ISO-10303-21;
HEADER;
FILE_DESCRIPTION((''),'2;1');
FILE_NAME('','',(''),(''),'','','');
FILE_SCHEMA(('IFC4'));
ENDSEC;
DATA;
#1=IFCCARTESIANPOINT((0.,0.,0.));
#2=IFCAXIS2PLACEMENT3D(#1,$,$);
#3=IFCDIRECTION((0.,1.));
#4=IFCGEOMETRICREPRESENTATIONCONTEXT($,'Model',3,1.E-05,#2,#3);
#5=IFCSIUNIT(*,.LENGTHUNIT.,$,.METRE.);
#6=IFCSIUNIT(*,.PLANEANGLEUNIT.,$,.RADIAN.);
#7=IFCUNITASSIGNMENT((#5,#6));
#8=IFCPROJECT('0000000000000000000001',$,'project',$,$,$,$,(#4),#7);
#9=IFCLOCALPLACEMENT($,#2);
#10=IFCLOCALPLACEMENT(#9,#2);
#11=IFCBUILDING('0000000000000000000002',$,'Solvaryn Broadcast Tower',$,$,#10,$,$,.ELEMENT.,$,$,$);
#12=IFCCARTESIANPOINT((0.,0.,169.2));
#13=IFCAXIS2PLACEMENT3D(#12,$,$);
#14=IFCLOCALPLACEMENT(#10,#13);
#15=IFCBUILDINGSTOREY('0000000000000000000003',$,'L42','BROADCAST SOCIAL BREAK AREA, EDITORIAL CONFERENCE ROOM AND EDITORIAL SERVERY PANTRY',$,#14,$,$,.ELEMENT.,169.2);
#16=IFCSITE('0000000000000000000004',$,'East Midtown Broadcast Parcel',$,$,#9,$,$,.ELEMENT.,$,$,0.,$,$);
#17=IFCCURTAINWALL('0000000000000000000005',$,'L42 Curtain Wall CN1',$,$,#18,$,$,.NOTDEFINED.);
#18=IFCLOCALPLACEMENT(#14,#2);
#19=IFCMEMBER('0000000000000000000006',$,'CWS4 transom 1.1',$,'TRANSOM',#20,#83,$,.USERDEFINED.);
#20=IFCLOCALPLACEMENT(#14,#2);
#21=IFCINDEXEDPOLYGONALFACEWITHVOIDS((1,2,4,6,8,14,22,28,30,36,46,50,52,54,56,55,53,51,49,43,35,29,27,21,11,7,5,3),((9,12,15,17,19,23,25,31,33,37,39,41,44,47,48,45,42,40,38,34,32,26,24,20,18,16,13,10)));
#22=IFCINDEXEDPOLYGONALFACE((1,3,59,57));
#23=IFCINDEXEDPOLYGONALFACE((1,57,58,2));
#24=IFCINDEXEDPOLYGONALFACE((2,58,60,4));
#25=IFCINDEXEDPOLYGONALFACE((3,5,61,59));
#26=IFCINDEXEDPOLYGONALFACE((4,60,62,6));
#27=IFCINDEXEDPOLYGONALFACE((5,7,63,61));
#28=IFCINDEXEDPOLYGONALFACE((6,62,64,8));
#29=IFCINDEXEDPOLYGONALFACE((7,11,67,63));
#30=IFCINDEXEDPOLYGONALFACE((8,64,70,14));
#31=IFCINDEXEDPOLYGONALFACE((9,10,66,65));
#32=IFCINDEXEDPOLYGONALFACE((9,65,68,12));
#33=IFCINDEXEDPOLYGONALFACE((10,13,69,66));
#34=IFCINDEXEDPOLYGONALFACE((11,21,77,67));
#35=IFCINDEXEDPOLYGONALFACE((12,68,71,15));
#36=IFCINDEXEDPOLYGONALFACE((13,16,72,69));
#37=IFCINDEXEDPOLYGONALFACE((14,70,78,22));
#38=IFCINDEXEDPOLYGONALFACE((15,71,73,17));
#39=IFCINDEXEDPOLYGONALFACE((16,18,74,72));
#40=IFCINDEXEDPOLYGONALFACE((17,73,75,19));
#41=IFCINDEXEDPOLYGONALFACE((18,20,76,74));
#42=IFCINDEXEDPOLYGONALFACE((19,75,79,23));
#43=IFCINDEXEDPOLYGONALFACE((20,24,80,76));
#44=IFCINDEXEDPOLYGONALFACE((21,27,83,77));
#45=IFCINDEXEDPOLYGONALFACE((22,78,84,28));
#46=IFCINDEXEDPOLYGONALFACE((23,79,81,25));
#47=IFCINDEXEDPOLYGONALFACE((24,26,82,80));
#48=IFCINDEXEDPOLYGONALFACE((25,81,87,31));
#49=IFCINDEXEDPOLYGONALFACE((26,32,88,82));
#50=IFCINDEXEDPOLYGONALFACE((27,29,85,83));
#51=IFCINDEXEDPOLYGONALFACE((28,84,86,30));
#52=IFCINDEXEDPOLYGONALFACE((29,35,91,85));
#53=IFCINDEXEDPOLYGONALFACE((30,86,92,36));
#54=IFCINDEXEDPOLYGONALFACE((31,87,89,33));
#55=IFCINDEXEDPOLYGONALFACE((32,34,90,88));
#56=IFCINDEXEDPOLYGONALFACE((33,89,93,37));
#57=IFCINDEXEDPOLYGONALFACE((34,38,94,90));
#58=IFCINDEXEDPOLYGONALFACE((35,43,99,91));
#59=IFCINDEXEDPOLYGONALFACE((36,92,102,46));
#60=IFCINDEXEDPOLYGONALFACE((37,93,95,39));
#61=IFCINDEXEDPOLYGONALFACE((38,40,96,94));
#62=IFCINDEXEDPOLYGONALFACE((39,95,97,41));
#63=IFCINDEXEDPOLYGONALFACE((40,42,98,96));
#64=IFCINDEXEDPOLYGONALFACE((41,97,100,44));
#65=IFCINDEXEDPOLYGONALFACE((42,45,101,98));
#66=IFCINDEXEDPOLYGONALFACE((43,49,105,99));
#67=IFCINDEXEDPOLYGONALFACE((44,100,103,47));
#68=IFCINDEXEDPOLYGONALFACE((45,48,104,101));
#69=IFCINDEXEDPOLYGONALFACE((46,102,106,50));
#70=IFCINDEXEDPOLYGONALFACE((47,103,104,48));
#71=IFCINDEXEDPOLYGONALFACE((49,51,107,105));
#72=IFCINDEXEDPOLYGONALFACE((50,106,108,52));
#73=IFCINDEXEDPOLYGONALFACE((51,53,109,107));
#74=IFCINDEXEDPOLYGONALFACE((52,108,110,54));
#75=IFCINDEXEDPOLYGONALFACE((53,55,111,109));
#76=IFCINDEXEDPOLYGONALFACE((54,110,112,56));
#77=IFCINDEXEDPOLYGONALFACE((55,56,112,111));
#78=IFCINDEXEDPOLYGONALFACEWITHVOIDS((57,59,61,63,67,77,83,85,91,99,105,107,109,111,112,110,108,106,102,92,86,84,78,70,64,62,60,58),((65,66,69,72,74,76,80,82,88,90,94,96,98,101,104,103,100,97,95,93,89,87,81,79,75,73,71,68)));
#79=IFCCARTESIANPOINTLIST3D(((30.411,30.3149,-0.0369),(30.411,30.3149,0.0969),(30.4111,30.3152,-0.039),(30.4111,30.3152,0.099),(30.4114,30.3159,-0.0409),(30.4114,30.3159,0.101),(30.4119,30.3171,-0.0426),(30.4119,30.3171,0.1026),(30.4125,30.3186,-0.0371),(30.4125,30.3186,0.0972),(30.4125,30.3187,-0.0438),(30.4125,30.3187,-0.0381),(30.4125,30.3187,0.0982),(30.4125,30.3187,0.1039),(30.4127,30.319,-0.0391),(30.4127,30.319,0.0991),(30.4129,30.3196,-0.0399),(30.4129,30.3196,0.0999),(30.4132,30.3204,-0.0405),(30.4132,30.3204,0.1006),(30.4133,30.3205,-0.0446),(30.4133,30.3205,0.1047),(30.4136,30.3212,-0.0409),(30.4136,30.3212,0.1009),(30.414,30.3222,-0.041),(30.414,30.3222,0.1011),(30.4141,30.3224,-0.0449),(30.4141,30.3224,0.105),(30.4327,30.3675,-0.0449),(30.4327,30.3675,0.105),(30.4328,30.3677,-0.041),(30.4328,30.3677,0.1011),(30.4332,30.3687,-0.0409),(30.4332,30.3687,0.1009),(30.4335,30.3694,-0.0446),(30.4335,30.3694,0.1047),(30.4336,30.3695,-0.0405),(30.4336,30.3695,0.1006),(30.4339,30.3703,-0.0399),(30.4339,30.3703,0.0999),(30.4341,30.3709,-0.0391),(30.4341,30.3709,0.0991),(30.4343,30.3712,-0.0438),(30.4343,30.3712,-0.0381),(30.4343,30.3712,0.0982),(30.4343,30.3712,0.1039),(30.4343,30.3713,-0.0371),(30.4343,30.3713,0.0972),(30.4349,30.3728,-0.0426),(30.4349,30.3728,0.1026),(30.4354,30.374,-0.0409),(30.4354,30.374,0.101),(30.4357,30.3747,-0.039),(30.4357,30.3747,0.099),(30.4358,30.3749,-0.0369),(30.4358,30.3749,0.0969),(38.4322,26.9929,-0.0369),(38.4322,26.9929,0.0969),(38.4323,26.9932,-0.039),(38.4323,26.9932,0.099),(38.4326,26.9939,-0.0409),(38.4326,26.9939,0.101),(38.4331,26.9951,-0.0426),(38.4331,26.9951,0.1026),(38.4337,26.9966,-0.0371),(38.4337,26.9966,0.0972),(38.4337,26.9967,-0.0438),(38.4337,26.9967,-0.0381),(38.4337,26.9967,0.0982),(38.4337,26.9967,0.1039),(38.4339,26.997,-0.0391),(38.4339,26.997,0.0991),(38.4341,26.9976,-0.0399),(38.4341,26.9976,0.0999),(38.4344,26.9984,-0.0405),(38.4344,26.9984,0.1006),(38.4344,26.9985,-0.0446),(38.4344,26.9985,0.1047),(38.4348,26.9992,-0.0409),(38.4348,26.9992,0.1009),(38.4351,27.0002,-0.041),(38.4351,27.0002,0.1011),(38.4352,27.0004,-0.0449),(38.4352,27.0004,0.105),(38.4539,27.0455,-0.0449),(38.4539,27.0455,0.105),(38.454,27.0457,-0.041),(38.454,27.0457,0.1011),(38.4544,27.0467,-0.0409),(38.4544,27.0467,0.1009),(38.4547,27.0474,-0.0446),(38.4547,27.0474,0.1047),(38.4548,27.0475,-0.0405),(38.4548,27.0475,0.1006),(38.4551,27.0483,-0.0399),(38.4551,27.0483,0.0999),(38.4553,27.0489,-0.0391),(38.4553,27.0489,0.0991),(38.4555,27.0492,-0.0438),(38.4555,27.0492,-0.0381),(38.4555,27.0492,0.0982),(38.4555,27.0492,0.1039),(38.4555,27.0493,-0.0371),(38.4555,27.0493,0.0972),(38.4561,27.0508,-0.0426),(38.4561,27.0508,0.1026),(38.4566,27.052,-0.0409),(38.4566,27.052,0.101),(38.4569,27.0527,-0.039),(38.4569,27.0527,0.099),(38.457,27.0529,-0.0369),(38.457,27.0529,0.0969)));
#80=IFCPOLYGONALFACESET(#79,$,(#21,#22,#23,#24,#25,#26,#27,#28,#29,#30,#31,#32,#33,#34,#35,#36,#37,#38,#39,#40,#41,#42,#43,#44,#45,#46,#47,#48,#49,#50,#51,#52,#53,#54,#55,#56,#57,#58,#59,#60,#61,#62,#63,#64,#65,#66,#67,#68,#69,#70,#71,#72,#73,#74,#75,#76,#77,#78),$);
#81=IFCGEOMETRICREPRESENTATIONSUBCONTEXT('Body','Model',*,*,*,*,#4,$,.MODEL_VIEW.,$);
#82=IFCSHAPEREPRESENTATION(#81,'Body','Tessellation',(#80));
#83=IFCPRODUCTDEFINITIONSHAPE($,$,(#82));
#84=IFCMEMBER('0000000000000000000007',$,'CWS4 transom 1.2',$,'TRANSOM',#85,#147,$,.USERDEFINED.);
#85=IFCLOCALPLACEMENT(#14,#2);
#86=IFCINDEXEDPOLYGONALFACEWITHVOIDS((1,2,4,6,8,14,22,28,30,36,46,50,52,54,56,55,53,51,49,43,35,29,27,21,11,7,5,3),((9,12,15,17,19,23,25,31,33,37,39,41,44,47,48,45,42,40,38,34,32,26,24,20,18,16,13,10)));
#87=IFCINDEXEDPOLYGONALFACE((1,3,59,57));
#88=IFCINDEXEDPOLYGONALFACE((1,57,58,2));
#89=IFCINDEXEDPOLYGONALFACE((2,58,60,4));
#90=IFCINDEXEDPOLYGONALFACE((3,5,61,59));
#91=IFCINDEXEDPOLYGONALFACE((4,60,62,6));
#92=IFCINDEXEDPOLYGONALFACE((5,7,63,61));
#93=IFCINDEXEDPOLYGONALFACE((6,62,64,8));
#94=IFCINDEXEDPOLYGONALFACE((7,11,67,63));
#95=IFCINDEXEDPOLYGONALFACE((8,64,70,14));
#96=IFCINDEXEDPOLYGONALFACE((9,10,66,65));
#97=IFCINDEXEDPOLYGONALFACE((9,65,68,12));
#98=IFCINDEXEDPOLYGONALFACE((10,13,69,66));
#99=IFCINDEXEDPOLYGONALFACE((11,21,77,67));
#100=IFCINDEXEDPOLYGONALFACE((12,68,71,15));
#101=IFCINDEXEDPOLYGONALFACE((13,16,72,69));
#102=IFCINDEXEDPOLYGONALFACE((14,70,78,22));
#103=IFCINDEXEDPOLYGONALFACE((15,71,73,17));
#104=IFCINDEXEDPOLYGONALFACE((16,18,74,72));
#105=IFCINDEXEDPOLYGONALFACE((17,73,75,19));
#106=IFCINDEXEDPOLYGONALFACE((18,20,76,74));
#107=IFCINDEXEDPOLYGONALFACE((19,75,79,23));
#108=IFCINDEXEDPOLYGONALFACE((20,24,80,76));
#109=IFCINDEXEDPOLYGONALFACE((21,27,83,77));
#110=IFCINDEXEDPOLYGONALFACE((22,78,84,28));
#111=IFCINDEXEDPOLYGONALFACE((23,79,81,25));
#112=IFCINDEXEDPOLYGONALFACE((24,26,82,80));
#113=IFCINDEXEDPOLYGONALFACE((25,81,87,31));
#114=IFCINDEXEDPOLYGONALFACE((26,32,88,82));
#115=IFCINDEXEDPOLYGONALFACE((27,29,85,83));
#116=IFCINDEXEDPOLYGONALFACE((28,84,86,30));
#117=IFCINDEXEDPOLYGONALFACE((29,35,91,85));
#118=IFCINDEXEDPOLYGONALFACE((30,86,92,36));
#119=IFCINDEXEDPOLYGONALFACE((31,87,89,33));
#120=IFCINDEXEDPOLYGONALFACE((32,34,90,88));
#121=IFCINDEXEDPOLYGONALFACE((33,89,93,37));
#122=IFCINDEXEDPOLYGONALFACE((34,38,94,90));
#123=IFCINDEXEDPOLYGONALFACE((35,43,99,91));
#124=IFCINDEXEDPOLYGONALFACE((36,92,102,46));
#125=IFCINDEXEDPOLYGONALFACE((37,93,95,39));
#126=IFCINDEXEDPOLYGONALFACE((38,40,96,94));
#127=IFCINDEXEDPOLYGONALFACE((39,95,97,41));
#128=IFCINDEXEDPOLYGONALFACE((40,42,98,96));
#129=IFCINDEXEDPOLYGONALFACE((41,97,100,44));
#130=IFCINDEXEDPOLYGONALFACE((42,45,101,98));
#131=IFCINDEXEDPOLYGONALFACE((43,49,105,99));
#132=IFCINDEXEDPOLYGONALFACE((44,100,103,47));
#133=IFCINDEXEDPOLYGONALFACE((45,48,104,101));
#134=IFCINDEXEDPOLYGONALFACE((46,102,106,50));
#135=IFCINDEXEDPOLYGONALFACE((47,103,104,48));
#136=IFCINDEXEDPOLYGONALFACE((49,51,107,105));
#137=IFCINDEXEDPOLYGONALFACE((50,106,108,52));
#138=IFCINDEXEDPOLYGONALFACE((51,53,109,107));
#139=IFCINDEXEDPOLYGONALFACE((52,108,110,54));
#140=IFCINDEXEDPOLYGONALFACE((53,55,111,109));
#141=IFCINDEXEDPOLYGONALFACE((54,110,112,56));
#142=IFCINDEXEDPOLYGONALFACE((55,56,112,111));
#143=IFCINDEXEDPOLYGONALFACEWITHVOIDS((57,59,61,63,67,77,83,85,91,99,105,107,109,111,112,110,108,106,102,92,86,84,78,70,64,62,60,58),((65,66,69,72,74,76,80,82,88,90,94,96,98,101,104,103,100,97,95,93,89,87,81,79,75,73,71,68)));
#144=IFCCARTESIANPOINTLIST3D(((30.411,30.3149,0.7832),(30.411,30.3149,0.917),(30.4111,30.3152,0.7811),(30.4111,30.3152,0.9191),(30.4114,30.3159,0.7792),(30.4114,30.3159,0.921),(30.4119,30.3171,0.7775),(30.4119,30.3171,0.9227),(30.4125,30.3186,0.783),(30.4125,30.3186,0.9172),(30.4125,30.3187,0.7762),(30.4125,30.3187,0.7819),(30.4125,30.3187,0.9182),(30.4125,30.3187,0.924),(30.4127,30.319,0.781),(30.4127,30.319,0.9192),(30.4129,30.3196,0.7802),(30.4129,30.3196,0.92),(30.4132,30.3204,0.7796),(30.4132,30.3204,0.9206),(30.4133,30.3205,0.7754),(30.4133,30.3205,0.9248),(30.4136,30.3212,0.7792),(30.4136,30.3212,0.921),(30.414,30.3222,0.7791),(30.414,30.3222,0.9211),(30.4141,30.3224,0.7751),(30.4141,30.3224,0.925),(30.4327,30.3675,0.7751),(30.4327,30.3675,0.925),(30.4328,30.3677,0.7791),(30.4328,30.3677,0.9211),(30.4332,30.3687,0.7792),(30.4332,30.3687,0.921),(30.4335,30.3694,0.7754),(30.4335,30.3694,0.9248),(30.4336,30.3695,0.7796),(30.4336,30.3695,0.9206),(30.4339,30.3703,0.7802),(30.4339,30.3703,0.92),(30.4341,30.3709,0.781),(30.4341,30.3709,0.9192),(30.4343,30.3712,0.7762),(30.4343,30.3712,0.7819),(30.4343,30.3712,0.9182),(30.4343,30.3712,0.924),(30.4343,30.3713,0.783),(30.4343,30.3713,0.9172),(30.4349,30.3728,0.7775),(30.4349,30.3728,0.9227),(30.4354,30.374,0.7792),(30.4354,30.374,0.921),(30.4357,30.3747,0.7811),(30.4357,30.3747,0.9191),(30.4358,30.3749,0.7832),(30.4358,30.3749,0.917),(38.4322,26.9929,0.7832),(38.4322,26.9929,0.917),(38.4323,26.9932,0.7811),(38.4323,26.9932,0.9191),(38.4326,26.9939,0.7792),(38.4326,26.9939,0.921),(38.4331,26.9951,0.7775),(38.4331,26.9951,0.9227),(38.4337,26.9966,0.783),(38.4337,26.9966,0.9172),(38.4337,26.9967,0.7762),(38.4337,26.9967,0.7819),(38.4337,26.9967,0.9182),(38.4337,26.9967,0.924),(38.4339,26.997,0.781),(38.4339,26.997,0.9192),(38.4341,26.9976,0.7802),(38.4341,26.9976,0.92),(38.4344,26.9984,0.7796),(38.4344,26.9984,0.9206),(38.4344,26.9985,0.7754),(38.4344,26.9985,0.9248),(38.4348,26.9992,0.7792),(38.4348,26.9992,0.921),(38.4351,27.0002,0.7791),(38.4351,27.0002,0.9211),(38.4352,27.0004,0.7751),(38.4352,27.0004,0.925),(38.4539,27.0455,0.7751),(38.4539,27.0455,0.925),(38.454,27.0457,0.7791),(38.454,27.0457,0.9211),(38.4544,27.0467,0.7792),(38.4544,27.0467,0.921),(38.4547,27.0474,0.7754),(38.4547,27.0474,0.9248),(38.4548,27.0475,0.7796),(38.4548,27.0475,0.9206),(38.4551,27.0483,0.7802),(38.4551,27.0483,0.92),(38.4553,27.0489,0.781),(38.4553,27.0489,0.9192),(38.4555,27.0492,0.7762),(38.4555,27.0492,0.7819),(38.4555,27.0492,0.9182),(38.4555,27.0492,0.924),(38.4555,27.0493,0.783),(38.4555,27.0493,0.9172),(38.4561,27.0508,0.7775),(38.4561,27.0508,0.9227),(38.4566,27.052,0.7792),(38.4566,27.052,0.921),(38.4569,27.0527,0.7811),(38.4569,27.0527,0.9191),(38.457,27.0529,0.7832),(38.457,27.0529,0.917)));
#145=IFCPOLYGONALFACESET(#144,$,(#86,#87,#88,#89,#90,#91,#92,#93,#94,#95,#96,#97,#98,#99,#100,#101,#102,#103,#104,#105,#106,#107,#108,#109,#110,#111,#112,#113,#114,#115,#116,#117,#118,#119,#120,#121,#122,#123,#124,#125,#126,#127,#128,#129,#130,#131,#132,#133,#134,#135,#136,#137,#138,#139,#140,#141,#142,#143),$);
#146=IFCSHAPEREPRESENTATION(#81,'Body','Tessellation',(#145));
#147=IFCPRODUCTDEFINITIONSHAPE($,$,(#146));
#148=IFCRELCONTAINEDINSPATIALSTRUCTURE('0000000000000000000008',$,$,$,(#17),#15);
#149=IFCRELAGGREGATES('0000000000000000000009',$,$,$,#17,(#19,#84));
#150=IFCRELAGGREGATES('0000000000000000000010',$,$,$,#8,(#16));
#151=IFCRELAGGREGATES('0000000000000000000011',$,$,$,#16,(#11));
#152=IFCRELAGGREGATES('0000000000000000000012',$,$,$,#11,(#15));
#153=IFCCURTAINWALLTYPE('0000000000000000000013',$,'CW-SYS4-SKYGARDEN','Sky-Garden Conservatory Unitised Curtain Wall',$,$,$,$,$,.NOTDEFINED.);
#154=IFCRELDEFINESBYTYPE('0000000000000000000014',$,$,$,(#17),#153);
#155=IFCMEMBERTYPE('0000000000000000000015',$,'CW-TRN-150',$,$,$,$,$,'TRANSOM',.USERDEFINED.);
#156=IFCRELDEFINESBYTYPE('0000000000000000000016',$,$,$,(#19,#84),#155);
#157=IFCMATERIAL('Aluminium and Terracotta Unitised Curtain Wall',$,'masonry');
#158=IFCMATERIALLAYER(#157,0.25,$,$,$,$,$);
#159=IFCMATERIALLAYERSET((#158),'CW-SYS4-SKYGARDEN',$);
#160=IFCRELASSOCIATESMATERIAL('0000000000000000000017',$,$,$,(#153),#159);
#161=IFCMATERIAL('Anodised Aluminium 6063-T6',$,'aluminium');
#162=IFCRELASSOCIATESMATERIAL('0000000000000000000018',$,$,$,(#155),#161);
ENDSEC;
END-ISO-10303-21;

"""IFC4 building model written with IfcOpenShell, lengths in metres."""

from ifc_helpers import new_model, si_unit, direction, frame, origin, origin_2d, place, context, subcontext, project, spatial, hollow_rectangle, extrude, material, layer, layer_set, material_profile, profile_set, type_object, element, aggregate, save


model = new_model("IFC4")

# Units and contexts
model_context = context("Model", 3, precision=1e-05, world=origin(), true_north=direction((0.0, 1.0)))
body_context = subcontext(model_context, "Body", "Model", "MODEL_VIEW")
ifc_project = project(units=[si_unit("LENGTHUNIT", "METRE"), si_unit("PLANEANGLEUNIT", "RADIAN")], contexts=[model_context])

# Site, building, storey
site_placement = place(None, origin())
site = spatial("IfcSite", under=ifc_project, at=site_placement, Name="East Midtown Broadcast Parcel", CompositionType="ELEMENT", RefElevation=0.0)
building_placement = place(site_placement, origin())
building = spatial("IfcBuilding", under=site, at=building_placement, Name="Solvaryn Broadcast Tower", CompositionType="ELEMENT")
storey_placement = place(building_placement, frame((0.0, 0.0, 169.2)))
storey = spatial("IfcBuildingStorey", under=building, at=storey_placement, Name="L42", Description="BROADCAST SOCIAL BREAK AREA, EDITORIAL CONFERENCE ROOM AND EDITORIAL SERVERY PANTRY", CompositionType="ELEMENT", Elevation=169.2)

# Curtain wall
ifc_material_1 = material(Name="Aluminium and Terracotta Unitised Curtain Wall", Category="masonry")
ifc_layer_1 = layer(ifc_material_1, 0.25)
ifc_layer_set_1 = layer_set([ifc_layer_1], Name="CW-SYS4-SKYGARDEN")
curtain_wall_type = type_object("IfcCurtainWallType", Name="CW-SYS4-SKYGARDEN", Description="Sky-Garden Conservatory Unitised Curtain Wall", PredefinedType="NOTDEFINED", material=ifc_layer_set_1)
curtain_wall_1_placement = place(storey_placement, origin())
curtain_wall_1 = element("IfcCurtainWall", 1, at=curtain_wall_1_placement, inside=storey, type_object=curtain_wall_type, Name="L42 Curtain Wall CN1", PredefinedType="NOTDEFINED")

# Members
ifc_material_2 = material(Name="Anodised Aluminium 6063-T6", Category="aluminium")
ifc_material_profile_1 = material_profile(ifc_material_2, hollow_rectangle(XDim=0.0649, YDim=0.1499, WallThickness=0.0039, InnerFilletRadius=0.0039, OuterFilletRadius=0.0081, at=origin_2d()))
ifc_profile_set_1 = profile_set([ifc_material_profile_1], Name="Anodised Aluminium 6063-T6")
member_type_1 = type_object("IfcMemberType", Name="CW-TRN-150", ElementType="TRANSOM", PredefinedType="USERDEFINED", material=ifc_profile_set_1)
member_1_placement = place(storey_placement, frame((38.4446, 27.0229, 0.03), z_axis=(-0.923899, 0.382636, 0.0), x_axis=(-0.382636, -0.923899, 0.0)))
member_1 = element("IfcMember", 2, at=member_1_placement, type_object=member_type_1, Name="CWS4 transom 1.1", ObjectType="TRANSOM", PredefinedType="USERDEFINED", context=body_context, shape_type="SweptSolid", body=[
    extrude(hollow_rectangle(XDim=0.0649, YDim=0.1499, WallThickness=0.0039, InnerFilletRadius=0.0039, OuterFilletRadius=0.0081, at=origin_2d()), origin(), (0.0, 0.0, 1.0), 8.6819),
])
member_2_placement = place(storey_placement, frame((38.4446, 27.0229, 0.8501), z_axis=(-0.923899, 0.382636, 0.0), x_axis=(-0.382636, -0.923899, 0.0)))
member_2 = element("IfcMember", 3, at=member_2_placement, type_object=member_type_1, Name="CWS4 transom 1.2", ObjectType="TRANSOM", PredefinedType="USERDEFINED", context=body_context, shape_type="SweptSolid", body=[
    extrude(hollow_rectangle(XDim=0.0649, YDim=0.1499, WallThickness=0.0039, InnerFilletRadius=0.0039, OuterFilletRadius=0.0081, at=origin_2d()), origin(), (0.0, 0.0, 1.0), 8.6819),
])

aggregate(curtain_wall_1, [member_1, member_2])

save(model, "model.ifc")
